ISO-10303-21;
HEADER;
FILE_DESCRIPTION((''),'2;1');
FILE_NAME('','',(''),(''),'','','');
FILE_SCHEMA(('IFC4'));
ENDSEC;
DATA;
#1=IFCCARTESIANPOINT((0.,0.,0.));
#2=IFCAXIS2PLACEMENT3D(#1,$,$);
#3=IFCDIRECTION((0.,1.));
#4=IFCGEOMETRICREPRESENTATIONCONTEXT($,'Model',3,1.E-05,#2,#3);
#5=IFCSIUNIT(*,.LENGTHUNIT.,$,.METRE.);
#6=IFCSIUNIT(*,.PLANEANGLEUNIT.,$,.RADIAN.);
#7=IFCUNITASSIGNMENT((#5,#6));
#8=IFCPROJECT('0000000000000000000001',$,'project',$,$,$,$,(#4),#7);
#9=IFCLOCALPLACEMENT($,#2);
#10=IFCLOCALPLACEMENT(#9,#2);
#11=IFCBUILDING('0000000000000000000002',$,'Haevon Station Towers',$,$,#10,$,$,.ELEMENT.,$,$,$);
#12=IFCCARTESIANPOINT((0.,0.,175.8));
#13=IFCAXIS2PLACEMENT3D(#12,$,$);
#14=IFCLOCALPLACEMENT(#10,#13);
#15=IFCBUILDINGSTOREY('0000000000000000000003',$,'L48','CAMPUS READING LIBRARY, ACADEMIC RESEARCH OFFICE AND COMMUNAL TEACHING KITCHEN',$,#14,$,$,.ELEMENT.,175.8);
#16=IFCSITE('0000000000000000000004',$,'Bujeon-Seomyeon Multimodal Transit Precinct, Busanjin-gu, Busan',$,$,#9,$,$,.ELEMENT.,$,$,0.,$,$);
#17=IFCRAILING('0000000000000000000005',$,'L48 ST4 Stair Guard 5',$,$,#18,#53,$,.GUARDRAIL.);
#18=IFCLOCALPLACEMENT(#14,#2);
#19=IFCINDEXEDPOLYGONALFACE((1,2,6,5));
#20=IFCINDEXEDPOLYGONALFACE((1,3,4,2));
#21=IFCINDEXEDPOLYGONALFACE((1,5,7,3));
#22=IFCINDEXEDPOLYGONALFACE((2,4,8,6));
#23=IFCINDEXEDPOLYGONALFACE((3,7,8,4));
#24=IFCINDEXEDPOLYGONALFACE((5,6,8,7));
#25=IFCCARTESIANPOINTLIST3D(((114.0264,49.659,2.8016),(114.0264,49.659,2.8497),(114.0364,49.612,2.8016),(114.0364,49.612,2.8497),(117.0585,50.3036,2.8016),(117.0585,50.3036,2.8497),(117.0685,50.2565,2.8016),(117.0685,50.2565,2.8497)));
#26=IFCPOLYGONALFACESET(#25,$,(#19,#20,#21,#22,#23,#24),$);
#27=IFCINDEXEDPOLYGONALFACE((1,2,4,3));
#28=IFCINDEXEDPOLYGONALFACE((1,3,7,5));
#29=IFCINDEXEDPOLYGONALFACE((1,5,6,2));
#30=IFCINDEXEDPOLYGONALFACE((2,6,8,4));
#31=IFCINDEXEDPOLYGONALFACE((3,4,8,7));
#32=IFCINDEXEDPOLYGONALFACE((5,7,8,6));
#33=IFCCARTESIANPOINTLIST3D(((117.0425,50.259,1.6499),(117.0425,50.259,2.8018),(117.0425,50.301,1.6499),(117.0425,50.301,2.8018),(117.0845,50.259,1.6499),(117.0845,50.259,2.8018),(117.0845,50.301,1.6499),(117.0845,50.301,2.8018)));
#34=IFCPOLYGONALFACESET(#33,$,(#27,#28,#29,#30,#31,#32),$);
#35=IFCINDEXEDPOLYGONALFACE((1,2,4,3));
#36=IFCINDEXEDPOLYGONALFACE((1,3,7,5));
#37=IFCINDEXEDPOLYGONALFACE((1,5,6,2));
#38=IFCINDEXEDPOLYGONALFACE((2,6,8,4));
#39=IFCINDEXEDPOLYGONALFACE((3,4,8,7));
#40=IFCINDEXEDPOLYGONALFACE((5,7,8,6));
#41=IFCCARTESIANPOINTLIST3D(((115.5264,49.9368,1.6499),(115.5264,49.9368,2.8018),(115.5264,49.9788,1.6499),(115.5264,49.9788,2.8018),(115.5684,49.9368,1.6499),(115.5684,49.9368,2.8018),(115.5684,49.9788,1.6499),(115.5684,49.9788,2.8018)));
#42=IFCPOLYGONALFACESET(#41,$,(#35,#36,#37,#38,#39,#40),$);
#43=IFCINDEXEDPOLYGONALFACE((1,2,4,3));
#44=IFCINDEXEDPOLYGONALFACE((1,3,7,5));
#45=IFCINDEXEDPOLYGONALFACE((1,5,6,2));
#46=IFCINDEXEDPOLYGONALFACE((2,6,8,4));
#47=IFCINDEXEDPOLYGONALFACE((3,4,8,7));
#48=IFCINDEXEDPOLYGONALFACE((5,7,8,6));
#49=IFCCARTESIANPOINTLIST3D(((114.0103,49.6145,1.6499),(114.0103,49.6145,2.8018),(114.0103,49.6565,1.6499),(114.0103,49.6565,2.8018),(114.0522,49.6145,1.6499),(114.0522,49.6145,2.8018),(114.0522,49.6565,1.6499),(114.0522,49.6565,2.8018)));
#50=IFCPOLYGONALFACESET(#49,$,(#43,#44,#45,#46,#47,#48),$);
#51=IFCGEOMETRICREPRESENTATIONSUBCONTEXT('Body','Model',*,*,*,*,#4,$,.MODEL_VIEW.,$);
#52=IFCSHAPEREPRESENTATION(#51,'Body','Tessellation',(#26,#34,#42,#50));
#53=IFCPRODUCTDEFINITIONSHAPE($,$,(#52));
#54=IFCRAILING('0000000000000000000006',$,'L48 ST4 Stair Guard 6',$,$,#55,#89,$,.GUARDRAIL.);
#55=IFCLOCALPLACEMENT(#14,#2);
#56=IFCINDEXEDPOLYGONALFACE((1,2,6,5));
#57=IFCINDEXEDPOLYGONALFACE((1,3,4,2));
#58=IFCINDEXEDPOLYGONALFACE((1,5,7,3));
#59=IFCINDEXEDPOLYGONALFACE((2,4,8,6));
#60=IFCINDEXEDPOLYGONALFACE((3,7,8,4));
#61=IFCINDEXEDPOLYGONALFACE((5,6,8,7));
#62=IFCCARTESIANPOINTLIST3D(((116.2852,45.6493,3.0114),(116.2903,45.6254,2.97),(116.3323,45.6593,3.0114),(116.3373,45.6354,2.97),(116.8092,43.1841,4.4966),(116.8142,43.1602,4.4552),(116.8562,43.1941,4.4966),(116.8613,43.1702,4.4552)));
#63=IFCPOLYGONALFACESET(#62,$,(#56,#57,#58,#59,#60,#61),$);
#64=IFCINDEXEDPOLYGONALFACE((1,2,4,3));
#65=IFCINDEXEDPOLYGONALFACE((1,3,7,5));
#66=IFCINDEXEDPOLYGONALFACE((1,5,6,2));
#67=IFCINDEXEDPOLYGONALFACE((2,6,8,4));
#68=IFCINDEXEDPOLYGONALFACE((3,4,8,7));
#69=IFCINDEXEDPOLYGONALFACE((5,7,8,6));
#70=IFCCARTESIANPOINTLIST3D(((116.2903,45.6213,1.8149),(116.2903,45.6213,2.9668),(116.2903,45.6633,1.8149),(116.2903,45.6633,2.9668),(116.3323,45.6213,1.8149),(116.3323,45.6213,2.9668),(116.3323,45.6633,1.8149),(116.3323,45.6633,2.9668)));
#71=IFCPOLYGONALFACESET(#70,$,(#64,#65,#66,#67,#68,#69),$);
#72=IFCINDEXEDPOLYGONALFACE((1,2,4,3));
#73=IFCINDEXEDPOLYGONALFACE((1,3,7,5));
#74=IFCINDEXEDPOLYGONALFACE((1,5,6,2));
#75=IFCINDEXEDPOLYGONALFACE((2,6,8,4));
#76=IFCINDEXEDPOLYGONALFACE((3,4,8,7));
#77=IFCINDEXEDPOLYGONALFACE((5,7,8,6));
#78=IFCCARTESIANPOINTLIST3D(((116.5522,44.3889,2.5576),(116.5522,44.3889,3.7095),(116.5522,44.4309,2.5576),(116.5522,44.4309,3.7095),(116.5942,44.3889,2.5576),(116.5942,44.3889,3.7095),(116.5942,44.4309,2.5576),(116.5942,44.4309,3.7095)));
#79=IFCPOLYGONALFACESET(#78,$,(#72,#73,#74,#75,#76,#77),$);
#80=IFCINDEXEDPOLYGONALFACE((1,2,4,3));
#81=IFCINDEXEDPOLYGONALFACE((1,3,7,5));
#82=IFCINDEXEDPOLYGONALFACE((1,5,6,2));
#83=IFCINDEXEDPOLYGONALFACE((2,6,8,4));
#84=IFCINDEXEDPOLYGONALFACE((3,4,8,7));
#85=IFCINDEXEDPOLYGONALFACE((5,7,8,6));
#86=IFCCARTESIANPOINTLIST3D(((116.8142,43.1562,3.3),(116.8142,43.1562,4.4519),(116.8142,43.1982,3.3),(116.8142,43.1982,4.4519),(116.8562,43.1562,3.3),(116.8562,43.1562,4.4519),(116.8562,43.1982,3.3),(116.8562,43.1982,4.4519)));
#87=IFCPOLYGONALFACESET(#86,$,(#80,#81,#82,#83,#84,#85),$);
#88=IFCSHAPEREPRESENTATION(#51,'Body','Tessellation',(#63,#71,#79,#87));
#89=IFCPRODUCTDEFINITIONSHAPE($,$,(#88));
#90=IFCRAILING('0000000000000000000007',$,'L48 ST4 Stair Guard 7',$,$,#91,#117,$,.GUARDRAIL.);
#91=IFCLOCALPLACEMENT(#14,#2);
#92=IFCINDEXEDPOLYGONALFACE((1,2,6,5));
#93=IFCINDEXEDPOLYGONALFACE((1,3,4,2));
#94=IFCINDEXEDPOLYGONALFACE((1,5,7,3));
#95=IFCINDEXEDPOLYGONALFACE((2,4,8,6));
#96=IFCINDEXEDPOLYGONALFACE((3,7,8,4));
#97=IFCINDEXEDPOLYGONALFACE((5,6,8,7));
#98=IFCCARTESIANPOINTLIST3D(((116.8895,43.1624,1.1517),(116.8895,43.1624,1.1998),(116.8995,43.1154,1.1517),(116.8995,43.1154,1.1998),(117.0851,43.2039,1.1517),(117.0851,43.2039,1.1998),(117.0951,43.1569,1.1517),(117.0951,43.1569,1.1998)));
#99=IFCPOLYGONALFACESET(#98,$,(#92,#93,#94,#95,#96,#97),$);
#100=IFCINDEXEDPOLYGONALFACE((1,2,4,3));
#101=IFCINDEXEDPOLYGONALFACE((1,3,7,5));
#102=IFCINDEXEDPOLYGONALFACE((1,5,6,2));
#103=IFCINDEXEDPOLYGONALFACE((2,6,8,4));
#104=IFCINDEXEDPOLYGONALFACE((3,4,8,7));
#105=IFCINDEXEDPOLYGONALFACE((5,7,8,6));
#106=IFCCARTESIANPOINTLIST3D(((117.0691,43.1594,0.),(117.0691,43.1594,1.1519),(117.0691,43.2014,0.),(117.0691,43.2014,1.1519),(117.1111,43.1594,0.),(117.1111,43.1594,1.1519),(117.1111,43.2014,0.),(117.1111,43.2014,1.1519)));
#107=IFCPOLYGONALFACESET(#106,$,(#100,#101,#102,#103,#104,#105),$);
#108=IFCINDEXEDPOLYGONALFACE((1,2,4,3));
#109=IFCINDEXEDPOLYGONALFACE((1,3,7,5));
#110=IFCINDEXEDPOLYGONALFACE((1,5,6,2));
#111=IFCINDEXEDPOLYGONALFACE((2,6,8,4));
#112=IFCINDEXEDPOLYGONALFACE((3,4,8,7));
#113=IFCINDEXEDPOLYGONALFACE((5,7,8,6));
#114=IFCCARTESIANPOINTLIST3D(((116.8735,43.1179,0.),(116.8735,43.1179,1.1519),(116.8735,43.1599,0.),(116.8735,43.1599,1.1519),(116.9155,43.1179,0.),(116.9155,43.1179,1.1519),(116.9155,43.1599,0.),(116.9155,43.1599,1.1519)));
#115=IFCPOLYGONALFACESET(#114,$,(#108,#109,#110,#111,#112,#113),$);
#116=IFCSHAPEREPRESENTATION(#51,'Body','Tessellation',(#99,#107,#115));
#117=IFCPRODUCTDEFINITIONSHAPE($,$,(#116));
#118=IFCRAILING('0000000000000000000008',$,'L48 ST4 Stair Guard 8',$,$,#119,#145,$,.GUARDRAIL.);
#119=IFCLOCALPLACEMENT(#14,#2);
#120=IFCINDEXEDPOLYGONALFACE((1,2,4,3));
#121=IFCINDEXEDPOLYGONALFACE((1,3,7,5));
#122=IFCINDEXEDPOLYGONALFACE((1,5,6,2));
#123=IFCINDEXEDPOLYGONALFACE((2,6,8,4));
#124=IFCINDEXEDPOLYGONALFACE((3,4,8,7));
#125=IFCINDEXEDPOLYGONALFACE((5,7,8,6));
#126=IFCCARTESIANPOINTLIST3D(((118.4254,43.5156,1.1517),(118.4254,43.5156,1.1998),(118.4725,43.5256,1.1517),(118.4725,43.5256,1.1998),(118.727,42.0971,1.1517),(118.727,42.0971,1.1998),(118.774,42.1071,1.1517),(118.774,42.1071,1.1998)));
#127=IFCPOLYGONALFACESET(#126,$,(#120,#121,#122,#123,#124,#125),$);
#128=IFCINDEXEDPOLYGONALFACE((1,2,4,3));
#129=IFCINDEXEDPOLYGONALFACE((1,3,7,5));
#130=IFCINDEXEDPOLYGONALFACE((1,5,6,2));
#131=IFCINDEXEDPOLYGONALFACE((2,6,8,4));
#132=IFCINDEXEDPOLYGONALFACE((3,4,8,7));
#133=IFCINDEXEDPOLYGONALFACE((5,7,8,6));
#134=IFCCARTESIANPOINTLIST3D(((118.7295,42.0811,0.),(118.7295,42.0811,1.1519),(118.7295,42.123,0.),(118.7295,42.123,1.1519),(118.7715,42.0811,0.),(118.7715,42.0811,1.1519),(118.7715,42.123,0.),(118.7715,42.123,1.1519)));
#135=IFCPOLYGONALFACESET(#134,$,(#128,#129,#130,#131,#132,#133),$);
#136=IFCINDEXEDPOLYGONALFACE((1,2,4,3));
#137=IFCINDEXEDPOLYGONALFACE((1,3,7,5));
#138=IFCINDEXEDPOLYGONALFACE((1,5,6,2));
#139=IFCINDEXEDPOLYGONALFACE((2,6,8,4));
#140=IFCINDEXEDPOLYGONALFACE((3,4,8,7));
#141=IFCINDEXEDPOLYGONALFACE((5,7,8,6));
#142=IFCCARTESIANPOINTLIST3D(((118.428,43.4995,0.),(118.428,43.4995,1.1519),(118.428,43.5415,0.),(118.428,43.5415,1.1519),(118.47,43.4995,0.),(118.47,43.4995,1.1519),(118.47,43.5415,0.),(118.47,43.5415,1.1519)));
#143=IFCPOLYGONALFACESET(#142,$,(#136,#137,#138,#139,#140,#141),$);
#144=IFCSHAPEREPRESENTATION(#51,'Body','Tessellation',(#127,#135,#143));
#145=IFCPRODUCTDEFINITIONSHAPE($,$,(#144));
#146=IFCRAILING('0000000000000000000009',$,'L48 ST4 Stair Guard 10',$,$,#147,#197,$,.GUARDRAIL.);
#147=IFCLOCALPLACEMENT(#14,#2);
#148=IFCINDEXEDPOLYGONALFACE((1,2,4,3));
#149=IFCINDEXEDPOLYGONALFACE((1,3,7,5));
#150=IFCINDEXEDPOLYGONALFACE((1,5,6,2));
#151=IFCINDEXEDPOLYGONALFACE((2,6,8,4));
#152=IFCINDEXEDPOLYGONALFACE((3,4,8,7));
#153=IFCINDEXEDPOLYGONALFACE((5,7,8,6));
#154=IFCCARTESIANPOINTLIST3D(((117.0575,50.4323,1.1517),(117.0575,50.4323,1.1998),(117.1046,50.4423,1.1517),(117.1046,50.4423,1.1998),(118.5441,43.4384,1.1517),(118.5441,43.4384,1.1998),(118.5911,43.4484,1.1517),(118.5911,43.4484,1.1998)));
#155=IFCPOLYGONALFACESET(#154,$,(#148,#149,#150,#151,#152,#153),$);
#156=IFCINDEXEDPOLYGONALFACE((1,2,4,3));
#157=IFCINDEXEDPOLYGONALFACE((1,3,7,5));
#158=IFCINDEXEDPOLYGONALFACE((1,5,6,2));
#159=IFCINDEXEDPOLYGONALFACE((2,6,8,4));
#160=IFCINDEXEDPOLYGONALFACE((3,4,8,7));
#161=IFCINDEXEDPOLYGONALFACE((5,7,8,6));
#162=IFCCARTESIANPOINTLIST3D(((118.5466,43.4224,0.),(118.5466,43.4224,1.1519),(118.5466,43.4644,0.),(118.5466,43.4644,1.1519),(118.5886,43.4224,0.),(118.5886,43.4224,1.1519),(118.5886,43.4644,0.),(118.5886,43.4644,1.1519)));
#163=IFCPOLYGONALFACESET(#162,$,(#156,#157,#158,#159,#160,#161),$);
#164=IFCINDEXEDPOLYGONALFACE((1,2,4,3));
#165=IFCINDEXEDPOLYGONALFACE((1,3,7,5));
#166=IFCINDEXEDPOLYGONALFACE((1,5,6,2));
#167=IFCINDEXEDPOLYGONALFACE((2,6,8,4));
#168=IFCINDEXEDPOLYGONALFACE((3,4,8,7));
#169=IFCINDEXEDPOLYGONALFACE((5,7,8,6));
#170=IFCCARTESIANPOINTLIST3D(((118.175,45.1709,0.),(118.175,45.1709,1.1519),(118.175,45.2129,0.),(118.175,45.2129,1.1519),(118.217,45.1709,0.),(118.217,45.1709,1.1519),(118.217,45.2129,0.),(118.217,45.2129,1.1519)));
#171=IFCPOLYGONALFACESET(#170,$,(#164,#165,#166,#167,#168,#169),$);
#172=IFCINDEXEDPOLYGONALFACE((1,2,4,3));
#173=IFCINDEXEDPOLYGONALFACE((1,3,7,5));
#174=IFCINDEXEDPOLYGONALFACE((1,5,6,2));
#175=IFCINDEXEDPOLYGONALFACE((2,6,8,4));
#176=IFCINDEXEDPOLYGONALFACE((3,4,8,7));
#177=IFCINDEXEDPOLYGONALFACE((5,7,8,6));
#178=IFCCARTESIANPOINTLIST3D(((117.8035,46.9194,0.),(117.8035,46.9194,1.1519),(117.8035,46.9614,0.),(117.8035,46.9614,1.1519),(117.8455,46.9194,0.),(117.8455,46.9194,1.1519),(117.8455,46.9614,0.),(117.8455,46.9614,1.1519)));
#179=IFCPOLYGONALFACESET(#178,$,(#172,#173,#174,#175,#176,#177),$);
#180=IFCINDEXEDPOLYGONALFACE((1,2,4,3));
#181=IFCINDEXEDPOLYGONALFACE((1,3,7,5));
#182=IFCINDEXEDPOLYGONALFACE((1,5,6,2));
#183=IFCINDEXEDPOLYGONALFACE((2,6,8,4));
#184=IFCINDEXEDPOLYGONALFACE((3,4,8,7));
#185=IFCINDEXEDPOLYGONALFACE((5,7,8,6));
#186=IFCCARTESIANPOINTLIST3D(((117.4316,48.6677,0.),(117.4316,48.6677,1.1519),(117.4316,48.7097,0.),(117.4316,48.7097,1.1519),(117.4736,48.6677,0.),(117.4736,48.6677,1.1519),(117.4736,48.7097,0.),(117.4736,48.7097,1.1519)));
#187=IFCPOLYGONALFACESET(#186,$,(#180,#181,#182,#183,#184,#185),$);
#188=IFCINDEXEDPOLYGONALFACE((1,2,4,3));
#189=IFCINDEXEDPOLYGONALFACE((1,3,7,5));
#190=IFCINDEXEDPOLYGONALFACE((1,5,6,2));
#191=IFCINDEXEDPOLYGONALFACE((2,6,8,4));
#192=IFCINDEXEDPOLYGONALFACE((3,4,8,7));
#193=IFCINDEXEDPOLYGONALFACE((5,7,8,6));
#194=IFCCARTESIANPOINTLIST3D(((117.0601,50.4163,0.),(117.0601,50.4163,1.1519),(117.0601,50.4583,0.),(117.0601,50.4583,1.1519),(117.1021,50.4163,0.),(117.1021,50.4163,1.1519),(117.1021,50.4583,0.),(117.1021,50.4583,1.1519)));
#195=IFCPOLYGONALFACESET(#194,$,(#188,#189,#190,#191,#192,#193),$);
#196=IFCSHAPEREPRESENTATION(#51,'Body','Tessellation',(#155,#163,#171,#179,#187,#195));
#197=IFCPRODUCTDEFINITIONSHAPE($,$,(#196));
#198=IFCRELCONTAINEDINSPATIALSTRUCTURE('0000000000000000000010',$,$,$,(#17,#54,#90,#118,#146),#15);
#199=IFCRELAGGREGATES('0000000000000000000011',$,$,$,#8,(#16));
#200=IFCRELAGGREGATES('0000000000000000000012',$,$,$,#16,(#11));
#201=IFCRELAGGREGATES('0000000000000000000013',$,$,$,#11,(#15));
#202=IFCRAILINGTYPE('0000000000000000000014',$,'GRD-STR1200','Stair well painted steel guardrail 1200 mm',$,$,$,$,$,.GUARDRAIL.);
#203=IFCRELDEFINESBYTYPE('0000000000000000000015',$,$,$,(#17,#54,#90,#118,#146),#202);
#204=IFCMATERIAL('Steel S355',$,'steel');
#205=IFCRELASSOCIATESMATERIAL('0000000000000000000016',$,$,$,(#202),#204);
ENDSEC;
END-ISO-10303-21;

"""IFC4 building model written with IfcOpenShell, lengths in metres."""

from ifc_helpers import new_model, si_unit, direction, frame, origin, origin_2d, place, context, subcontext, project, spatial, rectangle, extrude, material, type_object, element, save


model = new_model("IFC4")

# Units and contexts
model_context = context("Model", 3, precision=1e-05, world=origin(), true_north=direction((0.0, 1.0)))
body_context = subcontext(model_context, "Body", "Model", "MODEL_VIEW")
ifc_project = project(units=[si_unit("LENGTHUNIT", "METRE"), si_unit("PLANEANGLEUNIT", "RADIAN")], contexts=[model_context])

# Site, building, storey
site_placement = place(None, origin())
site = spatial("IfcSite", under=ifc_project, at=site_placement, Name="Bujeon-Seomyeon Multimodal Transit Precinct, Busanjin-gu, Busan", CompositionType="ELEMENT", RefElevation=0.0)
building_placement = place(site_placement, origin())
building = spatial("IfcBuilding", under=site, at=building_placement, Name="Haevon Station Towers", CompositionType="ELEMENT")
storey_placement = place(building_placement, frame((0.0, 0.0, 175.8)))
storey = spatial("IfcBuildingStorey", under=building, at=storey_placement, Name="L48", Description="CAMPUS READING LIBRARY, ACADEMIC RESEARCH OFFICE AND COMMUNAL TEACHING KITCHEN", CompositionType="ELEMENT", Elevation=175.8)

# Shared definitions
ifc_material_1 = material(Name="Steel S355", Category="steel")

# Railings
railing_type_1 = type_object("IfcRailingType", Name="GRD-STR1200", Description="Stair well painted steel guardrail 1200 mm", PredefinedType="GUARDRAIL", material=ifc_material_1)
railing_1_placement = place(storey_placement, frame((117.0635, 50.28, 1.6499)))
element("IfcRailing", 1, at=railing_1_placement, inside=storey, type_object=railing_type_1, Name="L48 ST4 Stair Guard 5", PredefinedType="GUARDRAIL", context=body_context, shape_type="SweptSolid", body=[
    extrude(rectangle(XDim=0.0481, YDim=0.0481, at=origin_2d()), frame((0.0, 0.0, 1.1758), z_axis=(-0.978147, -0.207915, 0.0), x_axis=(0.207915, -0.978147, 0.0)), (0.0, 0.0, 1.0), 3.0999),
    extrude(rectangle(XDim=0.042, YDim=0.042, at=origin_2d()), origin(), (0.0, 0.0, 1.0), 1.1519),
    extrude(rectangle(XDim=0.042, YDim=0.042, at=origin_2d()), frame((-1.5161, -0.3223, 0.0)), (0.0, 0.0, 1.0), 1.1519),
    extrude(rectangle(XDim=0.042, YDim=0.042, at=origin_2d()), frame((-3.0322, -0.6445, 0.0)), (0.0, 0.0, 1.0), 1.1519),
])
railing_2_placement = place(storey_placement, frame((116.3113, 45.6423, 1.8149)))
element("IfcRailing", 2, at=railing_2_placement, inside=storey, type_object=railing_type_1, Name="L48 ST4 Stair Guard 6", PredefinedType="GUARDRAIL", context=body_context, shape_type="SweptSolid", body=[
    extrude(rectangle(XDim=0.0481, YDim=0.0481, at=origin_2d()), frame((0.0, 0.0, 1.1758), z_axis=(0.179109, -0.842712, 0.507697), x_axis=(0.978151, 0.207895, 0.0)), (0.0, 0.0, 1.0), 2.9253),
    extrude(rectangle(XDim=0.042, YDim=0.042, at=origin_2d()), origin(), (0.0, 0.0, 1.0), 1.1519),
    extrude(rectangle(XDim=0.042, YDim=0.042, at=origin_2d()), frame((0.262, -1.2324, 0.7427)), (0.0, 0.0, 1.0), 1.1519),
    extrude(rectangle(XDim=0.042, YDim=0.042, at=origin_2d()), frame((0.5239, -2.4651, 1.4851)), (0.0, 0.0, 1.0), 1.1519),
])
railing_3_placement = place(storey_placement, frame((117.0901, 43.1804, 0.0)))
element("IfcRailing", 3, at=railing_3_placement, inside=storey, type_object=railing_type_1, Name="L48 ST4 Stair Guard 7", PredefinedType="GUARDRAIL", context=body_context, shape_type="SweptSolid", body=[
    extrude(rectangle(XDim=0.0481, YDim=0.0481, at=origin_2d()), frame((0.0, 0.0, 1.1758), z_axis=(-0.978212, -0.20761, 0.0), x_axis=(0.20761, -0.978212, 0.0)), (0.0, 0.0, 1.0), 0.2),
    extrude(rectangle(XDim=0.042, YDim=0.042, at=origin_2d()), origin(), (0.0, 0.0, 1.0), 1.1519),
    extrude(rectangle(XDim=0.042, YDim=0.042, at=origin_2d()), frame((-0.1956, -0.0415, 0.0)), (0.0, 0.0, 1.0), 1.1519),
])
railing_4_placement = place(storey_placement, frame((118.7505, 42.1021, 0.0)))
element("IfcRailing", 4, at=railing_4_placement, inside=storey, type_object=railing_type_1, Name="L48 ST4 Stair Guard 8", PredefinedType="GUARDRAIL", context=body_context, shape_type="SweptSolid", body=[
    extrude(rectangle(XDim=0.0481, YDim=0.0481, at=origin_2d()), frame((0.0, 0.0, 1.1758), z_axis=(-0.207919, 0.978146, 0.0), x_axis=(-0.978146, -0.207919, 0.0)), (0.0, 0.0, 1.0), 1.4502),
    extrude(rectangle(XDim=0.042, YDim=0.042, at=origin_2d()), origin(), (0.0, 0.0, 1.0), 1.1519),
    extrude(rectangle(XDim=0.042, YDim=0.042, at=origin_2d()), frame((-0.3015, 1.4185, 0.0)), (0.0, 0.0, 1.0), 1.1519),
])
railing_5_placement = place(storey_placement, frame((118.5676, 43.4434, 0.0)))
element("IfcRailing", 5, at=railing_5_placement, inside=storey, type_object=railing_type_1, Name="L48 ST4 Stair Guard 10", PredefinedType="GUARDRAIL", context=body_context, shape_type="SweptSolid", body=[
    extrude(rectangle(XDim=0.0481, YDim=0.0481, at=origin_2d()), frame((0.0, 0.0, 1.1758), z_axis=(-0.207908, 0.978148, 0.0), x_axis=(-0.978148, -0.207908, 0.0)), (0.0, 0.0, 1.0), 7.1501),
    extrude(rectangle(XDim=0.042, YDim=0.042, at=origin_2d()), origin(), (0.0, 0.0, 1.0), 1.1519),
    extrude(rectangle(XDim=0.042, YDim=0.042, at=origin_2d()), frame((-0.3716, 1.7485, 0.0)), (0.0, 0.0, 1.0), 1.1519),
    extrude(rectangle(XDim=0.042, YDim=0.042, at=origin_2d()), frame((-0.7432, 3.4971, 0.0)), (0.0, 0.0, 1.0), 1.1519),
    extrude(rectangle(XDim=0.042, YDim=0.042, at=origin_2d()), frame((-1.115, 5.2454, 0.0)), (0.0, 0.0, 1.0), 1.1519),
    extrude(rectangle(XDim=0.042, YDim=0.042, at=origin_2d()), frame((-1.4866, 6.9939, 0.0)), (0.0, 0.0, 1.0), 1.1519),
])

save(model, "model.ifc")
